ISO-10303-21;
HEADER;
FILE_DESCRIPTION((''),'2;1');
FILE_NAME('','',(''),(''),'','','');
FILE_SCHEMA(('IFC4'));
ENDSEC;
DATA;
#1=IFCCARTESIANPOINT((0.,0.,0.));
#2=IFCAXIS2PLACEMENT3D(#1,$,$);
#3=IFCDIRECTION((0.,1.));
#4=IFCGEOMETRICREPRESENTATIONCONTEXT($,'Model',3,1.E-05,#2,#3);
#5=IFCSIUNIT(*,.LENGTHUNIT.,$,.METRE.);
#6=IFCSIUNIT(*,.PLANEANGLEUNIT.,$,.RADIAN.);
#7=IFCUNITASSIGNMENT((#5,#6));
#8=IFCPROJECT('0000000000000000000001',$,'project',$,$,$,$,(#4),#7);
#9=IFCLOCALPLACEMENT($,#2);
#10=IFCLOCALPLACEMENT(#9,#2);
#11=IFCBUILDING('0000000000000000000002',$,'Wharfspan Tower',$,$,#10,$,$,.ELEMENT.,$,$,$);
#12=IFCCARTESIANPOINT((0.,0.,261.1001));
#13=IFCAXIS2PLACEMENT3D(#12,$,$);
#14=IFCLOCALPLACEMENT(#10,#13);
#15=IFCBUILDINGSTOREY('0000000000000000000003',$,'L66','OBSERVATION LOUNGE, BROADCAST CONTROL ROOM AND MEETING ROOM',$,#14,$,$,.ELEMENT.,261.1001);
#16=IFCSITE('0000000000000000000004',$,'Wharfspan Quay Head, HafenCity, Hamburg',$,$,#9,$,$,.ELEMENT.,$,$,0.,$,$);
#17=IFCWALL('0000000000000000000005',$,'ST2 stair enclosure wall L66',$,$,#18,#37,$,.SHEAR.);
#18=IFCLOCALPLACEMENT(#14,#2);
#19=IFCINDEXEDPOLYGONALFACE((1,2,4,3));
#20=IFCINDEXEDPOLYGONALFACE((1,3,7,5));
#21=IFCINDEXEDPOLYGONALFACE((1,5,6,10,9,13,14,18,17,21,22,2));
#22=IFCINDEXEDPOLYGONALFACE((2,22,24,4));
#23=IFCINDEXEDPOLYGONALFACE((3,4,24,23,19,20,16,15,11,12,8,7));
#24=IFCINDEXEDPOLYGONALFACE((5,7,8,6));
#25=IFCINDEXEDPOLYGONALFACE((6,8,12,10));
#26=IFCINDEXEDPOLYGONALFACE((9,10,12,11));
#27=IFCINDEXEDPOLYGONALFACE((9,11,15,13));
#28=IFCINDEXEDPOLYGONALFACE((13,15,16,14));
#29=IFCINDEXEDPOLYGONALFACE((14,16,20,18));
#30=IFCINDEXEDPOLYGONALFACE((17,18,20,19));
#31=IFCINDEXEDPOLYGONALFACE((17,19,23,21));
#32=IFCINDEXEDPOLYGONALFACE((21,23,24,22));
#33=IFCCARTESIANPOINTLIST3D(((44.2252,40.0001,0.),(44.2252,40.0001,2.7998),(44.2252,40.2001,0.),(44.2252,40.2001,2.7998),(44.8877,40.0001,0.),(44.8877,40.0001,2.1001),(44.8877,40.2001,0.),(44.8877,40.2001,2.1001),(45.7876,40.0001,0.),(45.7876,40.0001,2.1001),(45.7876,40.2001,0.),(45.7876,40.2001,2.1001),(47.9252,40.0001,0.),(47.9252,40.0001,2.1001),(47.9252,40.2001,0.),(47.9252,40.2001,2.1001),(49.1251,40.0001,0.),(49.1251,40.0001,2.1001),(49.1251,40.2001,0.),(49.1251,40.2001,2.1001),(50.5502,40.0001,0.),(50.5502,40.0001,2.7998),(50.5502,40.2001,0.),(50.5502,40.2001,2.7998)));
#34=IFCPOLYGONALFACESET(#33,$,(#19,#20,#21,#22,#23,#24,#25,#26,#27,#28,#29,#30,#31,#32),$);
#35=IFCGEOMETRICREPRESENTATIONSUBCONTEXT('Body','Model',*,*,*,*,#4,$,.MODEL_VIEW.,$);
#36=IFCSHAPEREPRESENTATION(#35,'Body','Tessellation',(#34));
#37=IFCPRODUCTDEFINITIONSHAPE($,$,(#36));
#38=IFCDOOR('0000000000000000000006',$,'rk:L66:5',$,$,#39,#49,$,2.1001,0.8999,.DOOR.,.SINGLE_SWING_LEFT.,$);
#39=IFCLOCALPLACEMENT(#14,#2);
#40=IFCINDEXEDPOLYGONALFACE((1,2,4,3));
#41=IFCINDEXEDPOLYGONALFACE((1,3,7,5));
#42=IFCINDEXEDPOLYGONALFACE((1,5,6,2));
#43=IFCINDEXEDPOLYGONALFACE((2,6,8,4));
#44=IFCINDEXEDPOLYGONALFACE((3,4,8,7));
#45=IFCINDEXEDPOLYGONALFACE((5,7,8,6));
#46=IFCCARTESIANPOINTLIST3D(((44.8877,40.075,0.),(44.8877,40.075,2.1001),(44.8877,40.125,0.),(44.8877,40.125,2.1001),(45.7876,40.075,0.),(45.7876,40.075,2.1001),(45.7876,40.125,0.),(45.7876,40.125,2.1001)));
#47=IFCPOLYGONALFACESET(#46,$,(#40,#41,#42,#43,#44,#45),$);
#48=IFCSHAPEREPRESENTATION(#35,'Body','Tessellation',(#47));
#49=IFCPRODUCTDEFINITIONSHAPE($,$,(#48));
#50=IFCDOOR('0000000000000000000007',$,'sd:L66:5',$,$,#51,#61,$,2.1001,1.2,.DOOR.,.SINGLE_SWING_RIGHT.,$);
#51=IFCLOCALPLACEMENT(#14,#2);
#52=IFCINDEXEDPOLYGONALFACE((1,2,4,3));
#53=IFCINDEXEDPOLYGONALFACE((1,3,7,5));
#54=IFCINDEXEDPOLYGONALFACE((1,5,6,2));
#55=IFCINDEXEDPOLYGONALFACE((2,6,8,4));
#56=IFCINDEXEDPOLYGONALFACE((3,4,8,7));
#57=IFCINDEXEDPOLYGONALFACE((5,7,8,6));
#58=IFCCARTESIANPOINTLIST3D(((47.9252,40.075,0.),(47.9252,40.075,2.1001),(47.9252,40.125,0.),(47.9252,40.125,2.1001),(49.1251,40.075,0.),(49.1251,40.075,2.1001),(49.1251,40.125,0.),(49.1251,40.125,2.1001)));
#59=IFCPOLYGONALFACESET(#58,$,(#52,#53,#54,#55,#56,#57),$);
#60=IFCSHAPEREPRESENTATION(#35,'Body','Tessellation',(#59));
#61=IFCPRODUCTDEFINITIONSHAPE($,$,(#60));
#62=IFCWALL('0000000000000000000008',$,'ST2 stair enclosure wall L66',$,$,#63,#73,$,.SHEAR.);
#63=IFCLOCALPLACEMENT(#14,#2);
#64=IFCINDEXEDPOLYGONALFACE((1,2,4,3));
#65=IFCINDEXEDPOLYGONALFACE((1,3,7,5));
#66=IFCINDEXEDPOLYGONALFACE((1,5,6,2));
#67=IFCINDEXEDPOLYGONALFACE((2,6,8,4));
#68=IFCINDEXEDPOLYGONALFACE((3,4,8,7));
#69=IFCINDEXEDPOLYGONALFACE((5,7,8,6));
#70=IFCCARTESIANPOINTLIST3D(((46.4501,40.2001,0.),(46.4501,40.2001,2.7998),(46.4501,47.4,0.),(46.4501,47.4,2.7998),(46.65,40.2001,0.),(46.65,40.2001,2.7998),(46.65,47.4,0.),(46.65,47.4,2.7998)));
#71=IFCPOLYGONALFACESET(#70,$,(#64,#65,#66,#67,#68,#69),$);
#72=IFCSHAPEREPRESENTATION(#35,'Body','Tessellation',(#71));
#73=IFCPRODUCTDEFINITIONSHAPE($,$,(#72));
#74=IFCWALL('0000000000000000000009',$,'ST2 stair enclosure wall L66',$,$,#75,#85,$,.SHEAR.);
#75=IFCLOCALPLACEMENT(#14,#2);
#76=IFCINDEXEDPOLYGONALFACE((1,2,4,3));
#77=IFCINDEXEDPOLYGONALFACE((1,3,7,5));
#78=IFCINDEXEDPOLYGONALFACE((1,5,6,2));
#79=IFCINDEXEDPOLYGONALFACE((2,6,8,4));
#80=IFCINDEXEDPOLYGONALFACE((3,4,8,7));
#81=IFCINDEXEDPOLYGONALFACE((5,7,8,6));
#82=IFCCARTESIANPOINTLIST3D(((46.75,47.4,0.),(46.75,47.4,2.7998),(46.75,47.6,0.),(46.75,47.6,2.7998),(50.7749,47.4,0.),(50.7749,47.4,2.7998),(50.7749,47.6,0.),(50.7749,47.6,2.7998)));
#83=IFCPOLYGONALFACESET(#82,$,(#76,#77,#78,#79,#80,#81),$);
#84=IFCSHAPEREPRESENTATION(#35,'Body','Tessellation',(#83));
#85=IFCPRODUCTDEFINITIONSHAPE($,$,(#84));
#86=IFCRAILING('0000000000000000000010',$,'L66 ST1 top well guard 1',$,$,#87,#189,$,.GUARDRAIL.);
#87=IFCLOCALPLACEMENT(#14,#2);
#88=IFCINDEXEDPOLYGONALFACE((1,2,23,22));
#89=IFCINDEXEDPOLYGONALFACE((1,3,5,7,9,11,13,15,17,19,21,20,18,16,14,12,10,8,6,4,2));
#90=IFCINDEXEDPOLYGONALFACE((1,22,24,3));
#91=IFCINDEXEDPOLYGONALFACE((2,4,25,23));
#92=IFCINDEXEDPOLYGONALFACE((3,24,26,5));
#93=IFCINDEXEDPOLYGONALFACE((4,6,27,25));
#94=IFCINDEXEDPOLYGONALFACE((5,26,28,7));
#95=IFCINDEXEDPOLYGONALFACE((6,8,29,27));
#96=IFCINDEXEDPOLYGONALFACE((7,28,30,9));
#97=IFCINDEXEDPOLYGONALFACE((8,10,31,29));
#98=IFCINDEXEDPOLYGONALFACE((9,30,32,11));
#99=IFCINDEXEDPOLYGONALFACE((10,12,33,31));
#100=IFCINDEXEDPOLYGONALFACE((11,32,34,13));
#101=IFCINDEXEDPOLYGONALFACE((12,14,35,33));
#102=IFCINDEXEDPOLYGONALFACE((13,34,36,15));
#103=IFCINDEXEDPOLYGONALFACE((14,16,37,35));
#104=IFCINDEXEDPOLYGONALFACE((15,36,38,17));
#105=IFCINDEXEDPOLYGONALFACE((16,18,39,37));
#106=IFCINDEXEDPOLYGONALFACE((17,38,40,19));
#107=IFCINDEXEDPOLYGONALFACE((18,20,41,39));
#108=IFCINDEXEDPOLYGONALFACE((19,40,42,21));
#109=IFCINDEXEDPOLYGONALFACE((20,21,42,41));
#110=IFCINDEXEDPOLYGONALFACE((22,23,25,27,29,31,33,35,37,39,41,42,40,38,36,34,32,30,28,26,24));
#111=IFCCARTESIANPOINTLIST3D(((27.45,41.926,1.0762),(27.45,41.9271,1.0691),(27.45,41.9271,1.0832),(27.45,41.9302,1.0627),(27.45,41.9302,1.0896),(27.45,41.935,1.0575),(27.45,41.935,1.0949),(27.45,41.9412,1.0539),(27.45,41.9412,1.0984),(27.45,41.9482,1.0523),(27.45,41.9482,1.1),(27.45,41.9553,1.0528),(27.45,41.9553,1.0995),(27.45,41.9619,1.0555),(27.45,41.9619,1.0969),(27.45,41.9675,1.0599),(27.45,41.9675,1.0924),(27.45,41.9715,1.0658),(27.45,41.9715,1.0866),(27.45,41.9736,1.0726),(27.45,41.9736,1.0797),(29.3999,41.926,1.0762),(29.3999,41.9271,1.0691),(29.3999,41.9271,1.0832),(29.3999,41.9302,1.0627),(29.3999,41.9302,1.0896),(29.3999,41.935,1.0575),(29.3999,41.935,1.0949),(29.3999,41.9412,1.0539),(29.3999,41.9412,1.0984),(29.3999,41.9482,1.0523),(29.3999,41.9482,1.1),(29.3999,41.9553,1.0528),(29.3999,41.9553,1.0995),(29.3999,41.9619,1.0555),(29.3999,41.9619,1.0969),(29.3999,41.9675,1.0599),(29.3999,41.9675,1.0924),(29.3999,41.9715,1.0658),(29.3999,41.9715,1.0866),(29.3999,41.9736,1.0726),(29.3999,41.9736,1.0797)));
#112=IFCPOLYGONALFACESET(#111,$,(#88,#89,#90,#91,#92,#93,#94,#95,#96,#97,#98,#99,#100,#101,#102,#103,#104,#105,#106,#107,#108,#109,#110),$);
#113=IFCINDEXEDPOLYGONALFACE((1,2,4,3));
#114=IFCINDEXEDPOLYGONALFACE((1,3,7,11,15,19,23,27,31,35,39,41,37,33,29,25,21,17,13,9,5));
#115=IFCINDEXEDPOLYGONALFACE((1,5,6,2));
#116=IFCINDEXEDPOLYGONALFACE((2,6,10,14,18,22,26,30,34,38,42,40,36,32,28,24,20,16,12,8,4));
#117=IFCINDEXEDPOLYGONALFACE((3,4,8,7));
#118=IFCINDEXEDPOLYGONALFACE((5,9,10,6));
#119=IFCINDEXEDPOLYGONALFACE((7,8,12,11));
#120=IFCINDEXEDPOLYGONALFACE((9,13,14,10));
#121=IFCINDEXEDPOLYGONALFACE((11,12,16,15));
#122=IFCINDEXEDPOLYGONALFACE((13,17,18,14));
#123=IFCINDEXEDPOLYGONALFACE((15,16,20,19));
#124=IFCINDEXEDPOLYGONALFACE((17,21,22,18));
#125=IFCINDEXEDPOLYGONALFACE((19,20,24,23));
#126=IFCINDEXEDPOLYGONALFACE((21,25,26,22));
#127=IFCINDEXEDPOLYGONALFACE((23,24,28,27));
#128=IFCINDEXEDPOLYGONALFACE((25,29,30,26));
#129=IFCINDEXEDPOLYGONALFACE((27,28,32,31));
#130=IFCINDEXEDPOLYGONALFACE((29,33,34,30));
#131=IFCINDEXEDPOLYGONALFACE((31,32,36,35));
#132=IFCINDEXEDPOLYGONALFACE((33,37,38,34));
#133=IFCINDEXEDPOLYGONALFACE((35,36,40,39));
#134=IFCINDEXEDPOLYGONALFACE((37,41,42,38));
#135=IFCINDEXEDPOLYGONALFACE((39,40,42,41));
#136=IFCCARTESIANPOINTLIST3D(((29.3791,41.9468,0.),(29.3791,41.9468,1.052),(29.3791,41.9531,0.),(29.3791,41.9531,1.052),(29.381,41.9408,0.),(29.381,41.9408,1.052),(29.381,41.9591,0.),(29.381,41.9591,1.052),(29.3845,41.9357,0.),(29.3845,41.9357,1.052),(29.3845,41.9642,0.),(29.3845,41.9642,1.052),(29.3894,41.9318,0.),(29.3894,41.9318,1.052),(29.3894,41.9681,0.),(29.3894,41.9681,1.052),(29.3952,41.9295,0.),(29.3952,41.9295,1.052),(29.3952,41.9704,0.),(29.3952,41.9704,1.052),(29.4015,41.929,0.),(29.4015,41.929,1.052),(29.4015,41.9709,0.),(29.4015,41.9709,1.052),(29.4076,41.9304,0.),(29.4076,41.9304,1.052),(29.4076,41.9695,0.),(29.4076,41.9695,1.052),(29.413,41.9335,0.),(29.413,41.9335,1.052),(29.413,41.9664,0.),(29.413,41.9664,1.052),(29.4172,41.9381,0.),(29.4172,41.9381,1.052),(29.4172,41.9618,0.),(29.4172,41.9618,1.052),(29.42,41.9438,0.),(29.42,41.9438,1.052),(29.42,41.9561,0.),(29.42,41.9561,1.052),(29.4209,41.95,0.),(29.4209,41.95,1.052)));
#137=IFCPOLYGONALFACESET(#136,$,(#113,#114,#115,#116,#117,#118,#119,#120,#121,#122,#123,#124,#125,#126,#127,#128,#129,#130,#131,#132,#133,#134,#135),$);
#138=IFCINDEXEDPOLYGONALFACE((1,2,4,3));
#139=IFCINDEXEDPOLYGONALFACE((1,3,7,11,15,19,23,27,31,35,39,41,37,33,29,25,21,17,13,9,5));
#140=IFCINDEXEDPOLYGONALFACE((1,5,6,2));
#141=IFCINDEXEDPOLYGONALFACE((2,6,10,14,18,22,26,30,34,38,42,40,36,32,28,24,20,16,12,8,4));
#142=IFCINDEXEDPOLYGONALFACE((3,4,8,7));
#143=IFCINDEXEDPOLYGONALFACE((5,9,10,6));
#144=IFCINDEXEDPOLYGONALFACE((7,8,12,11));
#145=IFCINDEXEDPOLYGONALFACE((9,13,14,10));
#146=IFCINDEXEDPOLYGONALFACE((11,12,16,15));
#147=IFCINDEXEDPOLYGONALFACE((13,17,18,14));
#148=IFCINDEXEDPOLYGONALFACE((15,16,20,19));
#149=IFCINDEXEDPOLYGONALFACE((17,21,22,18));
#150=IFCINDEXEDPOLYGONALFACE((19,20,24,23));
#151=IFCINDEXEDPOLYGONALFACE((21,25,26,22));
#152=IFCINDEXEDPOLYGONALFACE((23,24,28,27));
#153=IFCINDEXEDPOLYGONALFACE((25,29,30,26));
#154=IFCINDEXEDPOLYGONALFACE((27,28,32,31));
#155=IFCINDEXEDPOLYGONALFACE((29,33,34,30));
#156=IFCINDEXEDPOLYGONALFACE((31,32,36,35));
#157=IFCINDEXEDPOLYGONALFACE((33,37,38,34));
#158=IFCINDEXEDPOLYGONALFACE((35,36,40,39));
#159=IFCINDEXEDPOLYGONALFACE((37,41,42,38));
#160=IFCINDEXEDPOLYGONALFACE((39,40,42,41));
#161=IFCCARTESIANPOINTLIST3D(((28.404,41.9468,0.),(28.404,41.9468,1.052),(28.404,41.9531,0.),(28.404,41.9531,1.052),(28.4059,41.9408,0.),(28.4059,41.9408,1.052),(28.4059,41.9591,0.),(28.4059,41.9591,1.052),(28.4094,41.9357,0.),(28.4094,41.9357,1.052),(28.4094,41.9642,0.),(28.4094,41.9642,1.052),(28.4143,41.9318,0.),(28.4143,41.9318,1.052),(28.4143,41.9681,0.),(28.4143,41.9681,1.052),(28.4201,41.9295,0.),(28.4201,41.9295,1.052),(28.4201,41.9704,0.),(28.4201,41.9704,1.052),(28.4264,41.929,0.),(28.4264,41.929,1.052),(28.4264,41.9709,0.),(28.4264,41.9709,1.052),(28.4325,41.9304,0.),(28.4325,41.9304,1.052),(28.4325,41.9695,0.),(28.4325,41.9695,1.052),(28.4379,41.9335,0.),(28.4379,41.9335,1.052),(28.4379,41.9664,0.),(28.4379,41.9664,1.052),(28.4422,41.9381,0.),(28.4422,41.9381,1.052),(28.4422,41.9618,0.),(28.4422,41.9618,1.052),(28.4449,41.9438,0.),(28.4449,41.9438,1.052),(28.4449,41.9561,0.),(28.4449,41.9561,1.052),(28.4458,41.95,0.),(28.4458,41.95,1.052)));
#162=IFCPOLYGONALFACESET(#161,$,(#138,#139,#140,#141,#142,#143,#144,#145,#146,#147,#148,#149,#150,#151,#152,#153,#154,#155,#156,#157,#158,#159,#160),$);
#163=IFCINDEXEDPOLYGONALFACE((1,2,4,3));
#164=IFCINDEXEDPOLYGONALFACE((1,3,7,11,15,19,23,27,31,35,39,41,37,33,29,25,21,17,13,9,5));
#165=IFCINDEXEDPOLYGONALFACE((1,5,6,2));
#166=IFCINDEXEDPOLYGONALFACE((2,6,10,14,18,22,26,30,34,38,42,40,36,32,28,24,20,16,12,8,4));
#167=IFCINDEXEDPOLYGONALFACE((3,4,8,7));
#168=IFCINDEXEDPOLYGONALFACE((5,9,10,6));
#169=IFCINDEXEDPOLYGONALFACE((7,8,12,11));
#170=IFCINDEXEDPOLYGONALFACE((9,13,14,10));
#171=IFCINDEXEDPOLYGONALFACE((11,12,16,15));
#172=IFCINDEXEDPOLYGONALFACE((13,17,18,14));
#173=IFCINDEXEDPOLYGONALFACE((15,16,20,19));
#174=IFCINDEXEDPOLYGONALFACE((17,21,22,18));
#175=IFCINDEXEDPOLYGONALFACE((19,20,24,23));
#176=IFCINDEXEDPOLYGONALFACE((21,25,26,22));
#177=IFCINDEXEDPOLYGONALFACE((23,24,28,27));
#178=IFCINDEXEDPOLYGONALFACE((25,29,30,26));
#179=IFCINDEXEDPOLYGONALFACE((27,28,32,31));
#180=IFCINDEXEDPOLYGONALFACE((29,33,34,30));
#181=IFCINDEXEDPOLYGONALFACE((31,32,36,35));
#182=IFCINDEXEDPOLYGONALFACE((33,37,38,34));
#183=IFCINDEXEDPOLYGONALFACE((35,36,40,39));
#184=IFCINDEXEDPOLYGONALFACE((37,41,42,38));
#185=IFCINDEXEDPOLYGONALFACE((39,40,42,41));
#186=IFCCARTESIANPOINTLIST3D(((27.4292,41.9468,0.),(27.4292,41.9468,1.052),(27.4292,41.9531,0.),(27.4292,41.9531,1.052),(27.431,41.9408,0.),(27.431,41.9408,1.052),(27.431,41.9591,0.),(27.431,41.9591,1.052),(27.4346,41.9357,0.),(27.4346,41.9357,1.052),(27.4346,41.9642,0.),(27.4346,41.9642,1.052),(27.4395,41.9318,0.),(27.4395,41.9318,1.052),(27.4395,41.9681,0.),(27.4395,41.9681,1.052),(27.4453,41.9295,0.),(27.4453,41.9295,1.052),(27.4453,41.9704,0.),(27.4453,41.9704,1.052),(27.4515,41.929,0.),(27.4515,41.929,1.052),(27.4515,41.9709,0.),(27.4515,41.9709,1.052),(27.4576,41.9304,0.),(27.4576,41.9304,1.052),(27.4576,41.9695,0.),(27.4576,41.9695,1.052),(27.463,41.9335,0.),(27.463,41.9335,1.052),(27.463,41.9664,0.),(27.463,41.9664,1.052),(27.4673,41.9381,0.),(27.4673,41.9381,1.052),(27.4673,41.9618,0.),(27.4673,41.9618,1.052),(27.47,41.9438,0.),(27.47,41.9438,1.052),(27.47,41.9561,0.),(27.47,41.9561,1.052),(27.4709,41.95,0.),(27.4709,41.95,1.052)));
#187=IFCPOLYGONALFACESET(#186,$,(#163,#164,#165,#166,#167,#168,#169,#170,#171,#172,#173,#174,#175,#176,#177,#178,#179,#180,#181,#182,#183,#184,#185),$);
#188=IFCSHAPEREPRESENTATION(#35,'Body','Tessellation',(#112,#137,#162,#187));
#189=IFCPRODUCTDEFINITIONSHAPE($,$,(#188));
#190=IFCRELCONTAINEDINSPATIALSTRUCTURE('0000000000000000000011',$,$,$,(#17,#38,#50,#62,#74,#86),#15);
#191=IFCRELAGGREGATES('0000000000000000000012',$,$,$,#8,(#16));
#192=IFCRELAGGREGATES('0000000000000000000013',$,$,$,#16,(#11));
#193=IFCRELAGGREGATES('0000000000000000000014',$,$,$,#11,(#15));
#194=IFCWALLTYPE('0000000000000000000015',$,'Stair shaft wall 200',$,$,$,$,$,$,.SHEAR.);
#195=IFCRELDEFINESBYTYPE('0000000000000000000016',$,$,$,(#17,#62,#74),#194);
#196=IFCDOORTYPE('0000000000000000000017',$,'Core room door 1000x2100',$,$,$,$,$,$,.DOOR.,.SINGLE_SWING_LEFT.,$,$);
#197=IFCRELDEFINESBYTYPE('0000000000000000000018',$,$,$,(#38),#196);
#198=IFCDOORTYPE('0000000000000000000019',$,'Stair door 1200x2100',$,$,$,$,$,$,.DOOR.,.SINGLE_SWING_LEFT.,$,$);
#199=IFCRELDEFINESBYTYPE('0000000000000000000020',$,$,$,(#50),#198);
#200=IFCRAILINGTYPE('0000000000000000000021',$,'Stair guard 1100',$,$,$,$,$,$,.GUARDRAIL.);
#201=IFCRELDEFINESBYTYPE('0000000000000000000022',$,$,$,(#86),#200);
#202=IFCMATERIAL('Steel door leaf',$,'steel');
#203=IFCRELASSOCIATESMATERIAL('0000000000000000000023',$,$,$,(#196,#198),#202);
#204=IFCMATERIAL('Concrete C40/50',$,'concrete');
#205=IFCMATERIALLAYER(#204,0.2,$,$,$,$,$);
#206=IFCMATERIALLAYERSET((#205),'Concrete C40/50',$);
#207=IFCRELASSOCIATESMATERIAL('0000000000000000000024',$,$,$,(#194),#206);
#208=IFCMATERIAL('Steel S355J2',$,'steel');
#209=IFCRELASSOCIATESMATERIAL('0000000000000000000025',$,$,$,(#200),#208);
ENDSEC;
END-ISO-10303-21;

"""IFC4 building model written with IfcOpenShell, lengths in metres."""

from ifc_helpers import new_model, si_unit, direction, frame, frame_2d, origin, origin_2d, place, context, subcontext, project, spatial, rectangle, circle, extrude, material, layer, layer_set, type_object, element, fill, save


model = new_model("IFC4")

# Units and contexts
model_context = context("Model", 3, precision=1e-05, world=origin(), true_north=direction((0.0, 1.0)))
body_context = subcontext(model_context, "Body", "Model", "MODEL_VIEW")
ifc_project = project(units=[si_unit("LENGTHUNIT", "METRE"), si_unit("PLANEANGLEUNIT", "RADIAN")], contexts=[model_context])

# Site, building, storey
site_placement = place(None, origin())
site = spatial("IfcSite", under=ifc_project, at=site_placement, Name="Wharfspan Quay Head, HafenCity, Hamburg", CompositionType="ELEMENT", RefElevation=0.0)
building_placement = place(site_placement, origin())
building = spatial("IfcBuilding", under=site, at=building_placement, Name="Wharfspan Tower", CompositionType="ELEMENT")
storey_placement = place(building_placement, frame((0.0, 0.0, 261.1001)))
storey = spatial("IfcBuildingStorey", under=building, at=storey_placement, Name="L66", Description="OBSERVATION LOUNGE, BROADCAST CONTROL ROOM AND MEETING ROOM", CompositionType="ELEMENT", Elevation=261.1001)

# Shared definitions
ifc_material_1 = material(Name="Steel door leaf", Category="steel")
door_type_1 = type_object("IfcDoorType", Name="Core room door 1000x2100", OperationType="SINGLE_SWING_LEFT", PredefinedType="DOOR", material=ifc_material_1)

# Shared definitions
ifc_material_2 = material(Name="Concrete C40/50", Category="concrete")

# Wall, openings, doors
ifc_layer_1 = layer(ifc_material_2, 0.2)
ifc_layer_set_1 = layer_set([ifc_layer_1], Name="Concrete C40/50")
wall_type_1 = type_object("IfcWallType", Name="Stair shaft wall 200", PredefinedType="SHEAR", material=ifc_layer_set_1)
wall_1_placement = place(storey_placement, frame((44.2251, 40.1001, 0.0), z_axis=(0.0, 0.0, 1.0), x_axis=(1.0, 0.0, 0.0)))
wall_1 = element("IfcWall", 1, at=wall_1_placement, inside=storey, type_object=wall_type_1, Name="ST2 stair enclosure wall L66", PredefinedType="SHEAR", context=body_context, shape_type="SweptSolid", body=[
    extrude(rectangle(XDim=6.325, YDim=0.2, at=frame_2d((3.1626, 0.0))), origin(), (0.0, 0.0, 1.0), 2.7998),
])
opening_1_placement = place(wall_1_placement, frame((3.7, 0.0, 0.0)))
opening_1 = element("IfcOpeningElement", 2, at=opening_1_placement, cuts=wall_1, PredefinedType="OPENING", context=body_context, shape_type="SweptSolid", body=[
    extrude(rectangle(XDim=1.2, YDim=2.1001, at=frame_2d((0.6001, 1.05))), frame((0.0, 0.1099, 0.0), z_axis=(0.0, -1.0, 0.0), x_axis=(1.0, 0.0, 0.0)), (0.0, 0.0, 1.0), 0.22),
])
opening_2_placement = place(wall_1_placement, frame((0.6626, 0.0, 0.0)))
opening_2 = element("IfcOpeningElement", 3, at=opening_2_placement, cuts=wall_1, PredefinedType="OPENING", context=body_context, shape_type="SweptSolid", body=[
    extrude(rectangle(XDim=0.8999, YDim=2.1001, at=frame_2d((0.45, 1.05))), frame((0.0, 0.1099, 0.0), z_axis=(0.0, -1.0, 0.0), x_axis=(1.0, 0.0, 0.0)), (0.0, 0.0, 1.0), 0.22),
])
door_1_placement = place(opening_2_placement, origin())
door_1 = element("IfcDoor", 4, at=door_1_placement, inside=storey, type_object=door_type_1, Name="rk:L66:5", OperationType="SINGLE_SWING_LEFT", OverallHeight=2.1001, OverallWidth=0.8999, PredefinedType="DOOR", context=body_context, shape_type="SweptSolid", body=[
    extrude(rectangle(XDim=0.8999, YDim=2.1001, at=frame_2d((0.45, 1.05))), frame((0.0, 0.0249, 0.0), z_axis=(0.0, -1.0, 0.0), x_axis=(1.0, 0.0, 0.0)), (0.0, 0.0, 1.0), 0.05),
])
fill(opening_2, door_1)
door_type_2 = type_object("IfcDoorType", Name="Stair door 1200x2100", OperationType="SINGLE_SWING_LEFT", PredefinedType="DOOR", material=ifc_material_1)
door_2_placement = place(opening_1_placement, origin())
door_2 = element("IfcDoor", 5, at=door_2_placement, inside=storey, type_object=door_type_2, Name="sd:L66:5", OperationType="SINGLE_SWING_RIGHT", OverallHeight=2.1001, OverallWidth=1.2, PredefinedType="DOOR", context=body_context, shape_type="SweptSolid", body=[
    extrude(rectangle(XDim=1.2, YDim=2.1001, at=frame_2d((0.6001, 1.05))), frame((0.0, 0.0249, 0.0), z_axis=(0.0, -1.0, 0.0), x_axis=(1.0, 0.0, 0.0)), (0.0, 0.0, 1.0), 0.05),
])
fill(opening_1, door_2)

# Walls
wall_2_placement = place(storey_placement, frame((46.55, 40.2, 0.0), z_axis=(0.0, 0.0, 1.0), x_axis=(0.0, 1.0, 0.0)))
element("IfcWall", 6, at=wall_2_placement, inside=storey, type_object=wall_type_1, Name="ST2 stair enclosure wall L66", PredefinedType="SHEAR", context=body_context, shape_type="SweptSolid", body=[
    extrude(rectangle(XDim=7.2, YDim=0.2, at=frame_2d((3.6001, 0.0))), origin(), (0.0, 0.0, 1.0), 2.7998),
])
wall_3_placement = place(storey_placement, frame((46.75, 47.5, 0.0), z_axis=(0.0, 0.0, 1.0), x_axis=(1.0, 0.0, 0.0)))
element("IfcWall", 7, at=wall_3_placement, inside=storey, type_object=wall_type_1, Name="ST2 stair enclosure wall L66", PredefinedType="SHEAR", context=body_context, shape_type="SweptSolid", body=[
    extrude(rectangle(XDim=4.0249, YDim=0.2, at=frame_2d((2.0125, 0.0))), origin(), (0.0, 0.0, 1.0), 2.7998),
])

# Railing
ifc_material_3 = material(Name="Steel S355J2", Category="steel")
railing_type_1 = type_object("IfcRailingType", Name="Stair guard 1100", PredefinedType="GUARDRAIL", material=ifc_material_3)
railing_1_placement = place(storey_placement, frame((29.3999, 41.95, 0.0)))
element("IfcRailing", 8, at=railing_1_placement, inside=storey, type_object=railing_type_1, Name="L66 ST1 top well guard 1", PredefinedType="GUARDRAIL", context=body_context, shape_type="SweptSolid", body=[
    extrude(circle(Radius=0.0239, at=origin_2d()), frame((0.0, 0.0, 1.0762), z_axis=(-1.0, 0.0, 0.0), x_axis=(0.0, -1.0, 0.0)), (0.0, 0.0, 1.0), 1.95),
    extrude(circle(Radius=0.021, at=origin_2d()), origin(), (0.0, 0.0, 1.0), 1.052),
    extrude(circle(Radius=0.021, at=origin_2d()), frame((-0.9751, 0.0, 0.0)), (0.0, 0.0, 1.0), 1.052),
    extrude(circle(Radius=0.021, at=origin_2d()), frame((-1.95, 0.0, 0.0)), (0.0, 0.0, 1.0), 1.052),
])

save(model, "model.ifc")
